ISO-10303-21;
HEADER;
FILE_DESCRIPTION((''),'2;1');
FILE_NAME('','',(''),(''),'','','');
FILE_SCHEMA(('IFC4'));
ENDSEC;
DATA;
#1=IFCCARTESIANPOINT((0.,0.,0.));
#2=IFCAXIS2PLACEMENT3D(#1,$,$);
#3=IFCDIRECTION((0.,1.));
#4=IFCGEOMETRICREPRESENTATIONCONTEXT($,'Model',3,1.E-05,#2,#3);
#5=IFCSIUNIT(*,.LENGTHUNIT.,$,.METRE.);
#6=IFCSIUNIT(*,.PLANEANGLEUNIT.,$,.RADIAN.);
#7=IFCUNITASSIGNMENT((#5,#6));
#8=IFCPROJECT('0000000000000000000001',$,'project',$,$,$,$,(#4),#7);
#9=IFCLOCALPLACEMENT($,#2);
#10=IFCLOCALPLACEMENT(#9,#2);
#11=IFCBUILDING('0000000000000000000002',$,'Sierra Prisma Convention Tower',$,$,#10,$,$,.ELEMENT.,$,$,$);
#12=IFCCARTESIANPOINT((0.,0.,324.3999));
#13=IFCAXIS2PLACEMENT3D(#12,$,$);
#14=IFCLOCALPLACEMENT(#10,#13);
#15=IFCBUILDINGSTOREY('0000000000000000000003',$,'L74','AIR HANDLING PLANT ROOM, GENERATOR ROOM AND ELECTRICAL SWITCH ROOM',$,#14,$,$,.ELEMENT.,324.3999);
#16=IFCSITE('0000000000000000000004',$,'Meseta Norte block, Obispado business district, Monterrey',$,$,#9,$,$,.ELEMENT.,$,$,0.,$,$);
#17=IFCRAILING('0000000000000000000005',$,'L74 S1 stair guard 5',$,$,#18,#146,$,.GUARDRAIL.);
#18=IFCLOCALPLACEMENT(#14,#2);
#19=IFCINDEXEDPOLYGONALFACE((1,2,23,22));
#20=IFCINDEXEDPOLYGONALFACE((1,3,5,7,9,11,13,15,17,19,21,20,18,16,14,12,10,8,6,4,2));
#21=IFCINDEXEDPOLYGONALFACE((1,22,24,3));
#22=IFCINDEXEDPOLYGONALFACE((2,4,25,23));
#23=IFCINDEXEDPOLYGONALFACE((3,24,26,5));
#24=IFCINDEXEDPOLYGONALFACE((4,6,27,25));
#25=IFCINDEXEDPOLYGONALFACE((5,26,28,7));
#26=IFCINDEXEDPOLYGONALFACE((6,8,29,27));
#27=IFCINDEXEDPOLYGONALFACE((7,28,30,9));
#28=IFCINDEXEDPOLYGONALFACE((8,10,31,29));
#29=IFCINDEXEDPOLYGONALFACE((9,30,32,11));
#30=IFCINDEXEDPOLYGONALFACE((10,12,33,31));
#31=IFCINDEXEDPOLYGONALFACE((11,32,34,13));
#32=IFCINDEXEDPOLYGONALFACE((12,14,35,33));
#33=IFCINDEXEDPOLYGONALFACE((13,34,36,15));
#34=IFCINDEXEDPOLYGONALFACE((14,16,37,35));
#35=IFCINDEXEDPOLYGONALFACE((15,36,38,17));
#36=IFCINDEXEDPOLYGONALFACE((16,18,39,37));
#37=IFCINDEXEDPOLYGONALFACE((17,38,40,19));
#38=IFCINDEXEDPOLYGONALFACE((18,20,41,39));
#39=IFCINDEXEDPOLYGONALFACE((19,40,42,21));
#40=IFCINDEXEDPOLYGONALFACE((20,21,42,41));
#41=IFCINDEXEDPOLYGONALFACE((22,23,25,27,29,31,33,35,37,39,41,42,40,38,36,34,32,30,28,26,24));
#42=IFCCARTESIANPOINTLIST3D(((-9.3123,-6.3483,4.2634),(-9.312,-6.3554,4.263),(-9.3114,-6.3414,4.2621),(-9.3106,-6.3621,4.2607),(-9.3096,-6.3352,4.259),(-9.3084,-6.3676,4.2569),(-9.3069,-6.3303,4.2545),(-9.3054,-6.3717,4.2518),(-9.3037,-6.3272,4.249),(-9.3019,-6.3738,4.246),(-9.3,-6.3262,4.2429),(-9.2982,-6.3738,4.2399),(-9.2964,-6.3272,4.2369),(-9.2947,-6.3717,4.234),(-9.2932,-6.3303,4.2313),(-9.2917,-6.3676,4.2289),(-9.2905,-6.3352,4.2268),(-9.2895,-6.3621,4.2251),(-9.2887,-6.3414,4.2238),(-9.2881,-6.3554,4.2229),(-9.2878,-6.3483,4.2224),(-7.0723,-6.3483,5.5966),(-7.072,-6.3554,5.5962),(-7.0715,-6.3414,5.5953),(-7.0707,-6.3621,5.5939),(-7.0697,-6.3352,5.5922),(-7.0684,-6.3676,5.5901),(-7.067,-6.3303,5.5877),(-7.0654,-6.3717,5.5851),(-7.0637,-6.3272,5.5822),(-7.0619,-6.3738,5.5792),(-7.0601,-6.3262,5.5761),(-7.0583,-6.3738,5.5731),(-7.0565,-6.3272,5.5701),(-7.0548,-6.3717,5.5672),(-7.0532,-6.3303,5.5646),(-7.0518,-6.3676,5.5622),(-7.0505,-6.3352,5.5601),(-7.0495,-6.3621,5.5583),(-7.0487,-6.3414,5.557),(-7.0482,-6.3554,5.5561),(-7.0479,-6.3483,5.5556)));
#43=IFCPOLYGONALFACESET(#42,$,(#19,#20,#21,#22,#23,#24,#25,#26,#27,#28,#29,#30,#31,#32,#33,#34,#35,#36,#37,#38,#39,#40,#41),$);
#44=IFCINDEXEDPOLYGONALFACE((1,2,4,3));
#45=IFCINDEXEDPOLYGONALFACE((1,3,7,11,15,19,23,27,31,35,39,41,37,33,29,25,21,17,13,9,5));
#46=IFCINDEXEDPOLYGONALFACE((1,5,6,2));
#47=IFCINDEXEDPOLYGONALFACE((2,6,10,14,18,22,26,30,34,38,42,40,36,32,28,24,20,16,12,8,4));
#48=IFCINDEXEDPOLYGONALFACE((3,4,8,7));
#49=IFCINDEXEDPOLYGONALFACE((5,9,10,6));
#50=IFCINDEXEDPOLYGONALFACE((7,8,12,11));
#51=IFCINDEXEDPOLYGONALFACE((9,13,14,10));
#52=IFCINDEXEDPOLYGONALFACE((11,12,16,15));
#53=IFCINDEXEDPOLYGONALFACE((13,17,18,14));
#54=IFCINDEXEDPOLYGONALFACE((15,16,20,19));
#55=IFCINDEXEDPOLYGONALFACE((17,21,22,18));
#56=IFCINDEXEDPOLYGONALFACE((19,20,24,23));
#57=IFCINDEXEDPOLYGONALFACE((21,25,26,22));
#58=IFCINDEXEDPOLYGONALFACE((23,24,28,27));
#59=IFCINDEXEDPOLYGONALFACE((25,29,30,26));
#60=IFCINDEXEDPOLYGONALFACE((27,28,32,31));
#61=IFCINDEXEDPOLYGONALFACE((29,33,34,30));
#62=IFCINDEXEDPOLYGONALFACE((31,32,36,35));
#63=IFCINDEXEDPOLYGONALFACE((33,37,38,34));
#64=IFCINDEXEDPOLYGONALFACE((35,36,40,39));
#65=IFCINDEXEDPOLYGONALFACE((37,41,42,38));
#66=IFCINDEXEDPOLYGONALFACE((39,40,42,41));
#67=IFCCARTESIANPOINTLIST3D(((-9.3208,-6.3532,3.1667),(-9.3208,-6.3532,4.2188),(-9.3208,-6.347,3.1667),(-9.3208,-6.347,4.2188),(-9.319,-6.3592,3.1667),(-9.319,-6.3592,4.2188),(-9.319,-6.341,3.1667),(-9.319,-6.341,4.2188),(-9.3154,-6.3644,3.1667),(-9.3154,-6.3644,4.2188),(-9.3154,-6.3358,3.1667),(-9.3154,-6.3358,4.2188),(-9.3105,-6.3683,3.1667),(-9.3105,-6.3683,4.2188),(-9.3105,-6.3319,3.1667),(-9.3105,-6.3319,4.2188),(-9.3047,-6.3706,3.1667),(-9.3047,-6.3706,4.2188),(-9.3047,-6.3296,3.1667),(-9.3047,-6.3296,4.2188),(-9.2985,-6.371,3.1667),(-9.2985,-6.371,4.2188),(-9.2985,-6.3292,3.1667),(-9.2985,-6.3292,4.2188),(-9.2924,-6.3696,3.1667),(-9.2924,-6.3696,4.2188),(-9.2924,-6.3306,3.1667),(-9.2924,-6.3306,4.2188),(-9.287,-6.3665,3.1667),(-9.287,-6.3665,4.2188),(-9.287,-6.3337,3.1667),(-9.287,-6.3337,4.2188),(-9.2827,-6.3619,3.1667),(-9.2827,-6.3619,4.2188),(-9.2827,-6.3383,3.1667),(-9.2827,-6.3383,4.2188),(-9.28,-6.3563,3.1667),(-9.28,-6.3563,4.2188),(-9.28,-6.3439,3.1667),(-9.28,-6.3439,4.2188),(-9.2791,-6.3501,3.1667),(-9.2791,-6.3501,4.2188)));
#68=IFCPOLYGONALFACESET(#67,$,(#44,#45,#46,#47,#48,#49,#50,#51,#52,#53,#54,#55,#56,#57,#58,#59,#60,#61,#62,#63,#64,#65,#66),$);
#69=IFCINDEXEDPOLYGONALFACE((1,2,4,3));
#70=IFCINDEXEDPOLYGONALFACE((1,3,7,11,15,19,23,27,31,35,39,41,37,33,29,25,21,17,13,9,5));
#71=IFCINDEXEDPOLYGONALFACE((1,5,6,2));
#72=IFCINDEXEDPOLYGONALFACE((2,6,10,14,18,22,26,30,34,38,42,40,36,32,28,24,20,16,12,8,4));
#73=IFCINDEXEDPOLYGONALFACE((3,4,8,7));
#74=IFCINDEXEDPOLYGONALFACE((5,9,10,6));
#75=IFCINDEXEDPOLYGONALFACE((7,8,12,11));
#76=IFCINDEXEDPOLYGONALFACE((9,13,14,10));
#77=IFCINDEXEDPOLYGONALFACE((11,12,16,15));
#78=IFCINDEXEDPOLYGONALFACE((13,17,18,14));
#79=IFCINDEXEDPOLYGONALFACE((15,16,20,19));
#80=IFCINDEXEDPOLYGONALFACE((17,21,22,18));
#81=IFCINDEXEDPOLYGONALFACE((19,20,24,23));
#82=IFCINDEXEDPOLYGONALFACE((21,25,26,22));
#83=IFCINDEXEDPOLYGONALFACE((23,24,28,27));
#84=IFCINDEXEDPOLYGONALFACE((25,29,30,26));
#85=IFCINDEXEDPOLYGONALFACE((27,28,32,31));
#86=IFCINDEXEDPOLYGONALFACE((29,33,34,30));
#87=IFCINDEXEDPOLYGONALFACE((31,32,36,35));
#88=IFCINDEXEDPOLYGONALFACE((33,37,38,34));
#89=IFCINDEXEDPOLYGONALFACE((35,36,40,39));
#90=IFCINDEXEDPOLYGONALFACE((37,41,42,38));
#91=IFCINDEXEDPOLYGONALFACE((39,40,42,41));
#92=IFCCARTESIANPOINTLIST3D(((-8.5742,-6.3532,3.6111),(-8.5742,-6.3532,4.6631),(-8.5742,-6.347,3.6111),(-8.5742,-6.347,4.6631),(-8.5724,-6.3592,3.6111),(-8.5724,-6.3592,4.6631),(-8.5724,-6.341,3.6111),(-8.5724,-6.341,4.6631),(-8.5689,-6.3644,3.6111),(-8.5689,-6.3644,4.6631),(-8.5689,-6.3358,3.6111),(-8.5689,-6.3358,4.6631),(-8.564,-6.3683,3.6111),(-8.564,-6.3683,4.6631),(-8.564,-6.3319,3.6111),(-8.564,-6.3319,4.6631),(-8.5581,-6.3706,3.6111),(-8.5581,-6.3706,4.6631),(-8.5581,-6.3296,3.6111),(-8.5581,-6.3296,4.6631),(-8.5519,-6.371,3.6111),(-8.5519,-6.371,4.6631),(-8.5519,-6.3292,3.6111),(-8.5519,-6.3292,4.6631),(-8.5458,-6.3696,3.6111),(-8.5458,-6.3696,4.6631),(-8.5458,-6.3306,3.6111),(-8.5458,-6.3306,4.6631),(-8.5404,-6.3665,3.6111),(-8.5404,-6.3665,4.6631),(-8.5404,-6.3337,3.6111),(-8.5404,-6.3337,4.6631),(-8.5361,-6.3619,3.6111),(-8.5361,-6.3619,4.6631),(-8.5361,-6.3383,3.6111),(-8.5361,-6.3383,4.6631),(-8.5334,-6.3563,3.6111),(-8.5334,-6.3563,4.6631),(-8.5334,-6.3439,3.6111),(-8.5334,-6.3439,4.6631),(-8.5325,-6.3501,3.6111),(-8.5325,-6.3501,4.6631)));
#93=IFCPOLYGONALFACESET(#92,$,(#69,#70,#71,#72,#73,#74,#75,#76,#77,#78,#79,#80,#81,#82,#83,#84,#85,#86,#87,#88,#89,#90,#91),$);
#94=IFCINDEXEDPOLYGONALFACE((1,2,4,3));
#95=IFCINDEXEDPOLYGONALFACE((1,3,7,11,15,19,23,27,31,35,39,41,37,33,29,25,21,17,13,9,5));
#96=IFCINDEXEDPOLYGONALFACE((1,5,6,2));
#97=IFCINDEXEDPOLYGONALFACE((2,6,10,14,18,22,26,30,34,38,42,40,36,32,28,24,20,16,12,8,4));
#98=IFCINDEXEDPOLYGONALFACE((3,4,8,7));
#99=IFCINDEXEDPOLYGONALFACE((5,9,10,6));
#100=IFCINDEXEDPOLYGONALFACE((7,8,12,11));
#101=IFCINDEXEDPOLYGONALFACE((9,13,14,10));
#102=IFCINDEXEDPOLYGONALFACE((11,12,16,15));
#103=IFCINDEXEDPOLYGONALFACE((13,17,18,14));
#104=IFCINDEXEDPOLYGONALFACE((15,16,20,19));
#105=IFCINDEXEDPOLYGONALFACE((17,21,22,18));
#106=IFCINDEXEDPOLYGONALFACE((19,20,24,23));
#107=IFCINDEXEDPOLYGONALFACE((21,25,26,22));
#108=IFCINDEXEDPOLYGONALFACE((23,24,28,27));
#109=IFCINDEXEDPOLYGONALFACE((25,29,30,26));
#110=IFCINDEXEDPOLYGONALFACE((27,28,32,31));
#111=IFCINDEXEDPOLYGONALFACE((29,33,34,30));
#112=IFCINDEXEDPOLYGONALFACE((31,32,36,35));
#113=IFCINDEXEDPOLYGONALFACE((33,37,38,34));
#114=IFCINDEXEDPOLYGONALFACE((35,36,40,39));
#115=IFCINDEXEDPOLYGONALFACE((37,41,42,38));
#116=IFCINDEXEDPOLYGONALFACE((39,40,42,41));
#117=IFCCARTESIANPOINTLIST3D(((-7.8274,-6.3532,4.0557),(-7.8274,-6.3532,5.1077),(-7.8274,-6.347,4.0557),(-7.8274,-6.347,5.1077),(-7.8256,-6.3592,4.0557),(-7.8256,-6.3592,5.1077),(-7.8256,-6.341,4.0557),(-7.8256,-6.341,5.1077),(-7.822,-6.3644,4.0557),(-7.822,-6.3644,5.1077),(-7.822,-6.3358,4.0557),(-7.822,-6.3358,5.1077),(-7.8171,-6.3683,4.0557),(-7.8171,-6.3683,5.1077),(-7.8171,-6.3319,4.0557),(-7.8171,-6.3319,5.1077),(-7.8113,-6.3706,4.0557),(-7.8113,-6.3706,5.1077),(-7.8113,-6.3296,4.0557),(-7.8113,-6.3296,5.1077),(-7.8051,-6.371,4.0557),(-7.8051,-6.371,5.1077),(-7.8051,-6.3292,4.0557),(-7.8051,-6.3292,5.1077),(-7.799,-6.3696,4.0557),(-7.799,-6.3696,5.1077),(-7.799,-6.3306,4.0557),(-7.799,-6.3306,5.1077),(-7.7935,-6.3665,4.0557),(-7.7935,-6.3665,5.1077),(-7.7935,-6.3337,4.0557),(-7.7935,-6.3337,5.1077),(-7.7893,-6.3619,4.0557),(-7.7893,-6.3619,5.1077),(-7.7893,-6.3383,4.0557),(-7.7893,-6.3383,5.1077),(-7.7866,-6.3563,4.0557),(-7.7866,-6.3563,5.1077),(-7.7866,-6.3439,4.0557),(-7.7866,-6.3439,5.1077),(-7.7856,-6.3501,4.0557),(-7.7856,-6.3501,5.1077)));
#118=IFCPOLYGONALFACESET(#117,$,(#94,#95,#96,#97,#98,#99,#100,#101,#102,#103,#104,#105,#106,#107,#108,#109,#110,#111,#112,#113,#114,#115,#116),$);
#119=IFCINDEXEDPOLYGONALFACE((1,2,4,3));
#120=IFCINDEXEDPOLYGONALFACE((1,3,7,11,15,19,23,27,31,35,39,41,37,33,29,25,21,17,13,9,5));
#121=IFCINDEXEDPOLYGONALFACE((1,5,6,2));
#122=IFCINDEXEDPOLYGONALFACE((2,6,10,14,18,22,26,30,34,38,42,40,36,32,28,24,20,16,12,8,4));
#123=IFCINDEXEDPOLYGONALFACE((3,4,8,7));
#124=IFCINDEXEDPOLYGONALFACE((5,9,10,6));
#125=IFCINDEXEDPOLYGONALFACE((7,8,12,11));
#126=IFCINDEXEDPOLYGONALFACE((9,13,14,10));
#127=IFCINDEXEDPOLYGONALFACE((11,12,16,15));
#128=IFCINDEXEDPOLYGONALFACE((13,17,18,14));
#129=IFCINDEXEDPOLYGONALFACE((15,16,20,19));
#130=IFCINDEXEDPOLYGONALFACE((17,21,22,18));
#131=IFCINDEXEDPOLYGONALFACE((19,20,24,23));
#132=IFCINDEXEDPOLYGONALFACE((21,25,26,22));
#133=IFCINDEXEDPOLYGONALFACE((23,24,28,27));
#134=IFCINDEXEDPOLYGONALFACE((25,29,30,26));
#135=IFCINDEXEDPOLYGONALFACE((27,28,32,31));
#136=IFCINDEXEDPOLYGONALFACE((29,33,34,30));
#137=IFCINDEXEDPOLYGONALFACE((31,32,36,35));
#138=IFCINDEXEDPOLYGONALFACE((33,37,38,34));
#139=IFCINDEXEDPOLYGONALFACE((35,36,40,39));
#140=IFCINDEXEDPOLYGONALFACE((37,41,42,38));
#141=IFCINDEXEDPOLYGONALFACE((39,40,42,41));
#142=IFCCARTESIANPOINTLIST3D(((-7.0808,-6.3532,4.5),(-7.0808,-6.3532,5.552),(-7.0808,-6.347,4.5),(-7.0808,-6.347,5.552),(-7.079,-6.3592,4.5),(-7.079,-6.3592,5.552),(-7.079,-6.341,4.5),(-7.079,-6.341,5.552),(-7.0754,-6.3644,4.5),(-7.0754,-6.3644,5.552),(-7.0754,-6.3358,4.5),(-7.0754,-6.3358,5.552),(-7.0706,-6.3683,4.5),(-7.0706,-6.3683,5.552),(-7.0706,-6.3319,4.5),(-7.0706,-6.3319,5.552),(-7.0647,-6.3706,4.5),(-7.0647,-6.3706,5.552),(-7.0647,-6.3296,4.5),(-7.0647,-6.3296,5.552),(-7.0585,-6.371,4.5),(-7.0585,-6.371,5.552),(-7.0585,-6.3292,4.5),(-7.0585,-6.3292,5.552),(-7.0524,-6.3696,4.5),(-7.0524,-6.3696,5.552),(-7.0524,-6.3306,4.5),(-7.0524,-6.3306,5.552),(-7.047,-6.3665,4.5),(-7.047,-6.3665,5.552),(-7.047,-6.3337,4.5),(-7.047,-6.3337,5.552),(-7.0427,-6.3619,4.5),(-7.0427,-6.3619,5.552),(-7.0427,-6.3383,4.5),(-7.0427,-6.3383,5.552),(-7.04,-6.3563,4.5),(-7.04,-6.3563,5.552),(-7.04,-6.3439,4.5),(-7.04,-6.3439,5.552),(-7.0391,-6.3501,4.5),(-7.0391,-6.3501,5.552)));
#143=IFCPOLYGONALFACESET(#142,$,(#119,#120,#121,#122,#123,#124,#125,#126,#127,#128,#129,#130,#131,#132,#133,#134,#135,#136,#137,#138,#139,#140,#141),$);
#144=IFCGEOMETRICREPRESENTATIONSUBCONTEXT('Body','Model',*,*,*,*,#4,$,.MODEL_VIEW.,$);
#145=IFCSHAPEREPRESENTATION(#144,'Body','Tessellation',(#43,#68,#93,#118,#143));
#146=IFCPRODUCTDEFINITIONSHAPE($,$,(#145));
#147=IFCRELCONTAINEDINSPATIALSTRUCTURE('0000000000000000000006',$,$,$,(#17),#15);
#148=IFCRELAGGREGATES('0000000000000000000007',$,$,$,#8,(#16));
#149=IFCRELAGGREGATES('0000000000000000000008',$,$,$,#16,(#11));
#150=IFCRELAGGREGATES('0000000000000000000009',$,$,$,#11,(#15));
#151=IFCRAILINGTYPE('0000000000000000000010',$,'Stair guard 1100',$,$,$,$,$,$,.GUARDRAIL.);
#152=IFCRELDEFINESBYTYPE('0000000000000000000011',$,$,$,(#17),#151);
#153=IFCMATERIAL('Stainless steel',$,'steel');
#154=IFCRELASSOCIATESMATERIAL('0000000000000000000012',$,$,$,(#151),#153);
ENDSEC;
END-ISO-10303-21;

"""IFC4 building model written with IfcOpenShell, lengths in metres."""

from ifc_helpers import new_model, si_unit, direction, frame, origin, origin_2d, place, context, subcontext, project, spatial, circle, extrude, material, type_object, element, save


model = new_model("IFC4")

# Units and contexts
model_context = context("Model", 3, precision=1e-05, world=origin(), true_north=direction((0.0, 1.0)))
body_context = subcontext(model_context, "Body", "Model", "MODEL_VIEW")
ifc_project = project(units=[si_unit("LENGTHUNIT", "METRE"), si_unit("PLANEANGLEUNIT", "RADIAN")], contexts=[model_context])

# Site, building, storey
site_placement = place(None, origin())
site = spatial("IfcSite", under=ifc_project, at=site_placement, Name="Meseta Norte block, Obispado business district, Monterrey", CompositionType="ELEMENT", RefElevation=0.0)
building_placement = place(site_placement, origin())
building = spatial("IfcBuilding", under=site, at=building_placement, Name="Sierra Prisma Convention Tower", CompositionType="ELEMENT")
storey_placement = place(building_placement, frame((0.0, 0.0, 324.3999)))
storey = spatial("IfcBuildingStorey", under=building, at=storey_placement, Name="L74", Description="AIR HANDLING PLANT ROOM, GENERATOR ROOM AND ELECTRICAL SWITCH ROOM", CompositionType="ELEMENT", Elevation=324.3999)

# Railing
ifc_material_1 = material(Name="Stainless steel", Category="steel")
railing_type_1 = type_object("IfcRailingType", Name="Stair guard 1100", PredefinedType="GUARDRAIL", material=ifc_material_1)
railing_1_placement = place(storey_placement, frame((-9.3, -6.3501, 3.1667)))
element("IfcRailing", 1, at=railing_1_placement, inside=storey, type_object=railing_type_1, Name="L74 S1 stair guard 5", PredefinedType="GUARDRAIL", context=body_context, shape_type="SweptSolid", body=[
    extrude(circle(Radius=0.0239, at=origin_2d()), frame((0.0, 0.0, 1.0762), z_axis=(0.859306, 0.0, 0.511462), x_axis=(0.0, 1.0, 0.0)), (0.0, 0.0, 1.0), 2.6067),
    extrude(circle(Radius=0.021, at=origin_2d()), origin(), (0.0, 0.0, 1.0), 1.052),
    extrude(circle(Radius=0.021, at=origin_2d()), frame((0.7466, 0.0, 0.4443)), (0.0, 0.0, 1.0), 1.052),
    extrude(circle(Radius=0.021, at=origin_2d()), frame((1.4934, 0.0, 0.8889)), (0.0, 0.0, 1.0), 1.052),
    extrude(circle(Radius=0.021, at=origin_2d()), frame((2.24, 0.0, 1.3333)), (0.0, 0.0, 1.0), 1.052),
])

save(model, "model.ifc")
